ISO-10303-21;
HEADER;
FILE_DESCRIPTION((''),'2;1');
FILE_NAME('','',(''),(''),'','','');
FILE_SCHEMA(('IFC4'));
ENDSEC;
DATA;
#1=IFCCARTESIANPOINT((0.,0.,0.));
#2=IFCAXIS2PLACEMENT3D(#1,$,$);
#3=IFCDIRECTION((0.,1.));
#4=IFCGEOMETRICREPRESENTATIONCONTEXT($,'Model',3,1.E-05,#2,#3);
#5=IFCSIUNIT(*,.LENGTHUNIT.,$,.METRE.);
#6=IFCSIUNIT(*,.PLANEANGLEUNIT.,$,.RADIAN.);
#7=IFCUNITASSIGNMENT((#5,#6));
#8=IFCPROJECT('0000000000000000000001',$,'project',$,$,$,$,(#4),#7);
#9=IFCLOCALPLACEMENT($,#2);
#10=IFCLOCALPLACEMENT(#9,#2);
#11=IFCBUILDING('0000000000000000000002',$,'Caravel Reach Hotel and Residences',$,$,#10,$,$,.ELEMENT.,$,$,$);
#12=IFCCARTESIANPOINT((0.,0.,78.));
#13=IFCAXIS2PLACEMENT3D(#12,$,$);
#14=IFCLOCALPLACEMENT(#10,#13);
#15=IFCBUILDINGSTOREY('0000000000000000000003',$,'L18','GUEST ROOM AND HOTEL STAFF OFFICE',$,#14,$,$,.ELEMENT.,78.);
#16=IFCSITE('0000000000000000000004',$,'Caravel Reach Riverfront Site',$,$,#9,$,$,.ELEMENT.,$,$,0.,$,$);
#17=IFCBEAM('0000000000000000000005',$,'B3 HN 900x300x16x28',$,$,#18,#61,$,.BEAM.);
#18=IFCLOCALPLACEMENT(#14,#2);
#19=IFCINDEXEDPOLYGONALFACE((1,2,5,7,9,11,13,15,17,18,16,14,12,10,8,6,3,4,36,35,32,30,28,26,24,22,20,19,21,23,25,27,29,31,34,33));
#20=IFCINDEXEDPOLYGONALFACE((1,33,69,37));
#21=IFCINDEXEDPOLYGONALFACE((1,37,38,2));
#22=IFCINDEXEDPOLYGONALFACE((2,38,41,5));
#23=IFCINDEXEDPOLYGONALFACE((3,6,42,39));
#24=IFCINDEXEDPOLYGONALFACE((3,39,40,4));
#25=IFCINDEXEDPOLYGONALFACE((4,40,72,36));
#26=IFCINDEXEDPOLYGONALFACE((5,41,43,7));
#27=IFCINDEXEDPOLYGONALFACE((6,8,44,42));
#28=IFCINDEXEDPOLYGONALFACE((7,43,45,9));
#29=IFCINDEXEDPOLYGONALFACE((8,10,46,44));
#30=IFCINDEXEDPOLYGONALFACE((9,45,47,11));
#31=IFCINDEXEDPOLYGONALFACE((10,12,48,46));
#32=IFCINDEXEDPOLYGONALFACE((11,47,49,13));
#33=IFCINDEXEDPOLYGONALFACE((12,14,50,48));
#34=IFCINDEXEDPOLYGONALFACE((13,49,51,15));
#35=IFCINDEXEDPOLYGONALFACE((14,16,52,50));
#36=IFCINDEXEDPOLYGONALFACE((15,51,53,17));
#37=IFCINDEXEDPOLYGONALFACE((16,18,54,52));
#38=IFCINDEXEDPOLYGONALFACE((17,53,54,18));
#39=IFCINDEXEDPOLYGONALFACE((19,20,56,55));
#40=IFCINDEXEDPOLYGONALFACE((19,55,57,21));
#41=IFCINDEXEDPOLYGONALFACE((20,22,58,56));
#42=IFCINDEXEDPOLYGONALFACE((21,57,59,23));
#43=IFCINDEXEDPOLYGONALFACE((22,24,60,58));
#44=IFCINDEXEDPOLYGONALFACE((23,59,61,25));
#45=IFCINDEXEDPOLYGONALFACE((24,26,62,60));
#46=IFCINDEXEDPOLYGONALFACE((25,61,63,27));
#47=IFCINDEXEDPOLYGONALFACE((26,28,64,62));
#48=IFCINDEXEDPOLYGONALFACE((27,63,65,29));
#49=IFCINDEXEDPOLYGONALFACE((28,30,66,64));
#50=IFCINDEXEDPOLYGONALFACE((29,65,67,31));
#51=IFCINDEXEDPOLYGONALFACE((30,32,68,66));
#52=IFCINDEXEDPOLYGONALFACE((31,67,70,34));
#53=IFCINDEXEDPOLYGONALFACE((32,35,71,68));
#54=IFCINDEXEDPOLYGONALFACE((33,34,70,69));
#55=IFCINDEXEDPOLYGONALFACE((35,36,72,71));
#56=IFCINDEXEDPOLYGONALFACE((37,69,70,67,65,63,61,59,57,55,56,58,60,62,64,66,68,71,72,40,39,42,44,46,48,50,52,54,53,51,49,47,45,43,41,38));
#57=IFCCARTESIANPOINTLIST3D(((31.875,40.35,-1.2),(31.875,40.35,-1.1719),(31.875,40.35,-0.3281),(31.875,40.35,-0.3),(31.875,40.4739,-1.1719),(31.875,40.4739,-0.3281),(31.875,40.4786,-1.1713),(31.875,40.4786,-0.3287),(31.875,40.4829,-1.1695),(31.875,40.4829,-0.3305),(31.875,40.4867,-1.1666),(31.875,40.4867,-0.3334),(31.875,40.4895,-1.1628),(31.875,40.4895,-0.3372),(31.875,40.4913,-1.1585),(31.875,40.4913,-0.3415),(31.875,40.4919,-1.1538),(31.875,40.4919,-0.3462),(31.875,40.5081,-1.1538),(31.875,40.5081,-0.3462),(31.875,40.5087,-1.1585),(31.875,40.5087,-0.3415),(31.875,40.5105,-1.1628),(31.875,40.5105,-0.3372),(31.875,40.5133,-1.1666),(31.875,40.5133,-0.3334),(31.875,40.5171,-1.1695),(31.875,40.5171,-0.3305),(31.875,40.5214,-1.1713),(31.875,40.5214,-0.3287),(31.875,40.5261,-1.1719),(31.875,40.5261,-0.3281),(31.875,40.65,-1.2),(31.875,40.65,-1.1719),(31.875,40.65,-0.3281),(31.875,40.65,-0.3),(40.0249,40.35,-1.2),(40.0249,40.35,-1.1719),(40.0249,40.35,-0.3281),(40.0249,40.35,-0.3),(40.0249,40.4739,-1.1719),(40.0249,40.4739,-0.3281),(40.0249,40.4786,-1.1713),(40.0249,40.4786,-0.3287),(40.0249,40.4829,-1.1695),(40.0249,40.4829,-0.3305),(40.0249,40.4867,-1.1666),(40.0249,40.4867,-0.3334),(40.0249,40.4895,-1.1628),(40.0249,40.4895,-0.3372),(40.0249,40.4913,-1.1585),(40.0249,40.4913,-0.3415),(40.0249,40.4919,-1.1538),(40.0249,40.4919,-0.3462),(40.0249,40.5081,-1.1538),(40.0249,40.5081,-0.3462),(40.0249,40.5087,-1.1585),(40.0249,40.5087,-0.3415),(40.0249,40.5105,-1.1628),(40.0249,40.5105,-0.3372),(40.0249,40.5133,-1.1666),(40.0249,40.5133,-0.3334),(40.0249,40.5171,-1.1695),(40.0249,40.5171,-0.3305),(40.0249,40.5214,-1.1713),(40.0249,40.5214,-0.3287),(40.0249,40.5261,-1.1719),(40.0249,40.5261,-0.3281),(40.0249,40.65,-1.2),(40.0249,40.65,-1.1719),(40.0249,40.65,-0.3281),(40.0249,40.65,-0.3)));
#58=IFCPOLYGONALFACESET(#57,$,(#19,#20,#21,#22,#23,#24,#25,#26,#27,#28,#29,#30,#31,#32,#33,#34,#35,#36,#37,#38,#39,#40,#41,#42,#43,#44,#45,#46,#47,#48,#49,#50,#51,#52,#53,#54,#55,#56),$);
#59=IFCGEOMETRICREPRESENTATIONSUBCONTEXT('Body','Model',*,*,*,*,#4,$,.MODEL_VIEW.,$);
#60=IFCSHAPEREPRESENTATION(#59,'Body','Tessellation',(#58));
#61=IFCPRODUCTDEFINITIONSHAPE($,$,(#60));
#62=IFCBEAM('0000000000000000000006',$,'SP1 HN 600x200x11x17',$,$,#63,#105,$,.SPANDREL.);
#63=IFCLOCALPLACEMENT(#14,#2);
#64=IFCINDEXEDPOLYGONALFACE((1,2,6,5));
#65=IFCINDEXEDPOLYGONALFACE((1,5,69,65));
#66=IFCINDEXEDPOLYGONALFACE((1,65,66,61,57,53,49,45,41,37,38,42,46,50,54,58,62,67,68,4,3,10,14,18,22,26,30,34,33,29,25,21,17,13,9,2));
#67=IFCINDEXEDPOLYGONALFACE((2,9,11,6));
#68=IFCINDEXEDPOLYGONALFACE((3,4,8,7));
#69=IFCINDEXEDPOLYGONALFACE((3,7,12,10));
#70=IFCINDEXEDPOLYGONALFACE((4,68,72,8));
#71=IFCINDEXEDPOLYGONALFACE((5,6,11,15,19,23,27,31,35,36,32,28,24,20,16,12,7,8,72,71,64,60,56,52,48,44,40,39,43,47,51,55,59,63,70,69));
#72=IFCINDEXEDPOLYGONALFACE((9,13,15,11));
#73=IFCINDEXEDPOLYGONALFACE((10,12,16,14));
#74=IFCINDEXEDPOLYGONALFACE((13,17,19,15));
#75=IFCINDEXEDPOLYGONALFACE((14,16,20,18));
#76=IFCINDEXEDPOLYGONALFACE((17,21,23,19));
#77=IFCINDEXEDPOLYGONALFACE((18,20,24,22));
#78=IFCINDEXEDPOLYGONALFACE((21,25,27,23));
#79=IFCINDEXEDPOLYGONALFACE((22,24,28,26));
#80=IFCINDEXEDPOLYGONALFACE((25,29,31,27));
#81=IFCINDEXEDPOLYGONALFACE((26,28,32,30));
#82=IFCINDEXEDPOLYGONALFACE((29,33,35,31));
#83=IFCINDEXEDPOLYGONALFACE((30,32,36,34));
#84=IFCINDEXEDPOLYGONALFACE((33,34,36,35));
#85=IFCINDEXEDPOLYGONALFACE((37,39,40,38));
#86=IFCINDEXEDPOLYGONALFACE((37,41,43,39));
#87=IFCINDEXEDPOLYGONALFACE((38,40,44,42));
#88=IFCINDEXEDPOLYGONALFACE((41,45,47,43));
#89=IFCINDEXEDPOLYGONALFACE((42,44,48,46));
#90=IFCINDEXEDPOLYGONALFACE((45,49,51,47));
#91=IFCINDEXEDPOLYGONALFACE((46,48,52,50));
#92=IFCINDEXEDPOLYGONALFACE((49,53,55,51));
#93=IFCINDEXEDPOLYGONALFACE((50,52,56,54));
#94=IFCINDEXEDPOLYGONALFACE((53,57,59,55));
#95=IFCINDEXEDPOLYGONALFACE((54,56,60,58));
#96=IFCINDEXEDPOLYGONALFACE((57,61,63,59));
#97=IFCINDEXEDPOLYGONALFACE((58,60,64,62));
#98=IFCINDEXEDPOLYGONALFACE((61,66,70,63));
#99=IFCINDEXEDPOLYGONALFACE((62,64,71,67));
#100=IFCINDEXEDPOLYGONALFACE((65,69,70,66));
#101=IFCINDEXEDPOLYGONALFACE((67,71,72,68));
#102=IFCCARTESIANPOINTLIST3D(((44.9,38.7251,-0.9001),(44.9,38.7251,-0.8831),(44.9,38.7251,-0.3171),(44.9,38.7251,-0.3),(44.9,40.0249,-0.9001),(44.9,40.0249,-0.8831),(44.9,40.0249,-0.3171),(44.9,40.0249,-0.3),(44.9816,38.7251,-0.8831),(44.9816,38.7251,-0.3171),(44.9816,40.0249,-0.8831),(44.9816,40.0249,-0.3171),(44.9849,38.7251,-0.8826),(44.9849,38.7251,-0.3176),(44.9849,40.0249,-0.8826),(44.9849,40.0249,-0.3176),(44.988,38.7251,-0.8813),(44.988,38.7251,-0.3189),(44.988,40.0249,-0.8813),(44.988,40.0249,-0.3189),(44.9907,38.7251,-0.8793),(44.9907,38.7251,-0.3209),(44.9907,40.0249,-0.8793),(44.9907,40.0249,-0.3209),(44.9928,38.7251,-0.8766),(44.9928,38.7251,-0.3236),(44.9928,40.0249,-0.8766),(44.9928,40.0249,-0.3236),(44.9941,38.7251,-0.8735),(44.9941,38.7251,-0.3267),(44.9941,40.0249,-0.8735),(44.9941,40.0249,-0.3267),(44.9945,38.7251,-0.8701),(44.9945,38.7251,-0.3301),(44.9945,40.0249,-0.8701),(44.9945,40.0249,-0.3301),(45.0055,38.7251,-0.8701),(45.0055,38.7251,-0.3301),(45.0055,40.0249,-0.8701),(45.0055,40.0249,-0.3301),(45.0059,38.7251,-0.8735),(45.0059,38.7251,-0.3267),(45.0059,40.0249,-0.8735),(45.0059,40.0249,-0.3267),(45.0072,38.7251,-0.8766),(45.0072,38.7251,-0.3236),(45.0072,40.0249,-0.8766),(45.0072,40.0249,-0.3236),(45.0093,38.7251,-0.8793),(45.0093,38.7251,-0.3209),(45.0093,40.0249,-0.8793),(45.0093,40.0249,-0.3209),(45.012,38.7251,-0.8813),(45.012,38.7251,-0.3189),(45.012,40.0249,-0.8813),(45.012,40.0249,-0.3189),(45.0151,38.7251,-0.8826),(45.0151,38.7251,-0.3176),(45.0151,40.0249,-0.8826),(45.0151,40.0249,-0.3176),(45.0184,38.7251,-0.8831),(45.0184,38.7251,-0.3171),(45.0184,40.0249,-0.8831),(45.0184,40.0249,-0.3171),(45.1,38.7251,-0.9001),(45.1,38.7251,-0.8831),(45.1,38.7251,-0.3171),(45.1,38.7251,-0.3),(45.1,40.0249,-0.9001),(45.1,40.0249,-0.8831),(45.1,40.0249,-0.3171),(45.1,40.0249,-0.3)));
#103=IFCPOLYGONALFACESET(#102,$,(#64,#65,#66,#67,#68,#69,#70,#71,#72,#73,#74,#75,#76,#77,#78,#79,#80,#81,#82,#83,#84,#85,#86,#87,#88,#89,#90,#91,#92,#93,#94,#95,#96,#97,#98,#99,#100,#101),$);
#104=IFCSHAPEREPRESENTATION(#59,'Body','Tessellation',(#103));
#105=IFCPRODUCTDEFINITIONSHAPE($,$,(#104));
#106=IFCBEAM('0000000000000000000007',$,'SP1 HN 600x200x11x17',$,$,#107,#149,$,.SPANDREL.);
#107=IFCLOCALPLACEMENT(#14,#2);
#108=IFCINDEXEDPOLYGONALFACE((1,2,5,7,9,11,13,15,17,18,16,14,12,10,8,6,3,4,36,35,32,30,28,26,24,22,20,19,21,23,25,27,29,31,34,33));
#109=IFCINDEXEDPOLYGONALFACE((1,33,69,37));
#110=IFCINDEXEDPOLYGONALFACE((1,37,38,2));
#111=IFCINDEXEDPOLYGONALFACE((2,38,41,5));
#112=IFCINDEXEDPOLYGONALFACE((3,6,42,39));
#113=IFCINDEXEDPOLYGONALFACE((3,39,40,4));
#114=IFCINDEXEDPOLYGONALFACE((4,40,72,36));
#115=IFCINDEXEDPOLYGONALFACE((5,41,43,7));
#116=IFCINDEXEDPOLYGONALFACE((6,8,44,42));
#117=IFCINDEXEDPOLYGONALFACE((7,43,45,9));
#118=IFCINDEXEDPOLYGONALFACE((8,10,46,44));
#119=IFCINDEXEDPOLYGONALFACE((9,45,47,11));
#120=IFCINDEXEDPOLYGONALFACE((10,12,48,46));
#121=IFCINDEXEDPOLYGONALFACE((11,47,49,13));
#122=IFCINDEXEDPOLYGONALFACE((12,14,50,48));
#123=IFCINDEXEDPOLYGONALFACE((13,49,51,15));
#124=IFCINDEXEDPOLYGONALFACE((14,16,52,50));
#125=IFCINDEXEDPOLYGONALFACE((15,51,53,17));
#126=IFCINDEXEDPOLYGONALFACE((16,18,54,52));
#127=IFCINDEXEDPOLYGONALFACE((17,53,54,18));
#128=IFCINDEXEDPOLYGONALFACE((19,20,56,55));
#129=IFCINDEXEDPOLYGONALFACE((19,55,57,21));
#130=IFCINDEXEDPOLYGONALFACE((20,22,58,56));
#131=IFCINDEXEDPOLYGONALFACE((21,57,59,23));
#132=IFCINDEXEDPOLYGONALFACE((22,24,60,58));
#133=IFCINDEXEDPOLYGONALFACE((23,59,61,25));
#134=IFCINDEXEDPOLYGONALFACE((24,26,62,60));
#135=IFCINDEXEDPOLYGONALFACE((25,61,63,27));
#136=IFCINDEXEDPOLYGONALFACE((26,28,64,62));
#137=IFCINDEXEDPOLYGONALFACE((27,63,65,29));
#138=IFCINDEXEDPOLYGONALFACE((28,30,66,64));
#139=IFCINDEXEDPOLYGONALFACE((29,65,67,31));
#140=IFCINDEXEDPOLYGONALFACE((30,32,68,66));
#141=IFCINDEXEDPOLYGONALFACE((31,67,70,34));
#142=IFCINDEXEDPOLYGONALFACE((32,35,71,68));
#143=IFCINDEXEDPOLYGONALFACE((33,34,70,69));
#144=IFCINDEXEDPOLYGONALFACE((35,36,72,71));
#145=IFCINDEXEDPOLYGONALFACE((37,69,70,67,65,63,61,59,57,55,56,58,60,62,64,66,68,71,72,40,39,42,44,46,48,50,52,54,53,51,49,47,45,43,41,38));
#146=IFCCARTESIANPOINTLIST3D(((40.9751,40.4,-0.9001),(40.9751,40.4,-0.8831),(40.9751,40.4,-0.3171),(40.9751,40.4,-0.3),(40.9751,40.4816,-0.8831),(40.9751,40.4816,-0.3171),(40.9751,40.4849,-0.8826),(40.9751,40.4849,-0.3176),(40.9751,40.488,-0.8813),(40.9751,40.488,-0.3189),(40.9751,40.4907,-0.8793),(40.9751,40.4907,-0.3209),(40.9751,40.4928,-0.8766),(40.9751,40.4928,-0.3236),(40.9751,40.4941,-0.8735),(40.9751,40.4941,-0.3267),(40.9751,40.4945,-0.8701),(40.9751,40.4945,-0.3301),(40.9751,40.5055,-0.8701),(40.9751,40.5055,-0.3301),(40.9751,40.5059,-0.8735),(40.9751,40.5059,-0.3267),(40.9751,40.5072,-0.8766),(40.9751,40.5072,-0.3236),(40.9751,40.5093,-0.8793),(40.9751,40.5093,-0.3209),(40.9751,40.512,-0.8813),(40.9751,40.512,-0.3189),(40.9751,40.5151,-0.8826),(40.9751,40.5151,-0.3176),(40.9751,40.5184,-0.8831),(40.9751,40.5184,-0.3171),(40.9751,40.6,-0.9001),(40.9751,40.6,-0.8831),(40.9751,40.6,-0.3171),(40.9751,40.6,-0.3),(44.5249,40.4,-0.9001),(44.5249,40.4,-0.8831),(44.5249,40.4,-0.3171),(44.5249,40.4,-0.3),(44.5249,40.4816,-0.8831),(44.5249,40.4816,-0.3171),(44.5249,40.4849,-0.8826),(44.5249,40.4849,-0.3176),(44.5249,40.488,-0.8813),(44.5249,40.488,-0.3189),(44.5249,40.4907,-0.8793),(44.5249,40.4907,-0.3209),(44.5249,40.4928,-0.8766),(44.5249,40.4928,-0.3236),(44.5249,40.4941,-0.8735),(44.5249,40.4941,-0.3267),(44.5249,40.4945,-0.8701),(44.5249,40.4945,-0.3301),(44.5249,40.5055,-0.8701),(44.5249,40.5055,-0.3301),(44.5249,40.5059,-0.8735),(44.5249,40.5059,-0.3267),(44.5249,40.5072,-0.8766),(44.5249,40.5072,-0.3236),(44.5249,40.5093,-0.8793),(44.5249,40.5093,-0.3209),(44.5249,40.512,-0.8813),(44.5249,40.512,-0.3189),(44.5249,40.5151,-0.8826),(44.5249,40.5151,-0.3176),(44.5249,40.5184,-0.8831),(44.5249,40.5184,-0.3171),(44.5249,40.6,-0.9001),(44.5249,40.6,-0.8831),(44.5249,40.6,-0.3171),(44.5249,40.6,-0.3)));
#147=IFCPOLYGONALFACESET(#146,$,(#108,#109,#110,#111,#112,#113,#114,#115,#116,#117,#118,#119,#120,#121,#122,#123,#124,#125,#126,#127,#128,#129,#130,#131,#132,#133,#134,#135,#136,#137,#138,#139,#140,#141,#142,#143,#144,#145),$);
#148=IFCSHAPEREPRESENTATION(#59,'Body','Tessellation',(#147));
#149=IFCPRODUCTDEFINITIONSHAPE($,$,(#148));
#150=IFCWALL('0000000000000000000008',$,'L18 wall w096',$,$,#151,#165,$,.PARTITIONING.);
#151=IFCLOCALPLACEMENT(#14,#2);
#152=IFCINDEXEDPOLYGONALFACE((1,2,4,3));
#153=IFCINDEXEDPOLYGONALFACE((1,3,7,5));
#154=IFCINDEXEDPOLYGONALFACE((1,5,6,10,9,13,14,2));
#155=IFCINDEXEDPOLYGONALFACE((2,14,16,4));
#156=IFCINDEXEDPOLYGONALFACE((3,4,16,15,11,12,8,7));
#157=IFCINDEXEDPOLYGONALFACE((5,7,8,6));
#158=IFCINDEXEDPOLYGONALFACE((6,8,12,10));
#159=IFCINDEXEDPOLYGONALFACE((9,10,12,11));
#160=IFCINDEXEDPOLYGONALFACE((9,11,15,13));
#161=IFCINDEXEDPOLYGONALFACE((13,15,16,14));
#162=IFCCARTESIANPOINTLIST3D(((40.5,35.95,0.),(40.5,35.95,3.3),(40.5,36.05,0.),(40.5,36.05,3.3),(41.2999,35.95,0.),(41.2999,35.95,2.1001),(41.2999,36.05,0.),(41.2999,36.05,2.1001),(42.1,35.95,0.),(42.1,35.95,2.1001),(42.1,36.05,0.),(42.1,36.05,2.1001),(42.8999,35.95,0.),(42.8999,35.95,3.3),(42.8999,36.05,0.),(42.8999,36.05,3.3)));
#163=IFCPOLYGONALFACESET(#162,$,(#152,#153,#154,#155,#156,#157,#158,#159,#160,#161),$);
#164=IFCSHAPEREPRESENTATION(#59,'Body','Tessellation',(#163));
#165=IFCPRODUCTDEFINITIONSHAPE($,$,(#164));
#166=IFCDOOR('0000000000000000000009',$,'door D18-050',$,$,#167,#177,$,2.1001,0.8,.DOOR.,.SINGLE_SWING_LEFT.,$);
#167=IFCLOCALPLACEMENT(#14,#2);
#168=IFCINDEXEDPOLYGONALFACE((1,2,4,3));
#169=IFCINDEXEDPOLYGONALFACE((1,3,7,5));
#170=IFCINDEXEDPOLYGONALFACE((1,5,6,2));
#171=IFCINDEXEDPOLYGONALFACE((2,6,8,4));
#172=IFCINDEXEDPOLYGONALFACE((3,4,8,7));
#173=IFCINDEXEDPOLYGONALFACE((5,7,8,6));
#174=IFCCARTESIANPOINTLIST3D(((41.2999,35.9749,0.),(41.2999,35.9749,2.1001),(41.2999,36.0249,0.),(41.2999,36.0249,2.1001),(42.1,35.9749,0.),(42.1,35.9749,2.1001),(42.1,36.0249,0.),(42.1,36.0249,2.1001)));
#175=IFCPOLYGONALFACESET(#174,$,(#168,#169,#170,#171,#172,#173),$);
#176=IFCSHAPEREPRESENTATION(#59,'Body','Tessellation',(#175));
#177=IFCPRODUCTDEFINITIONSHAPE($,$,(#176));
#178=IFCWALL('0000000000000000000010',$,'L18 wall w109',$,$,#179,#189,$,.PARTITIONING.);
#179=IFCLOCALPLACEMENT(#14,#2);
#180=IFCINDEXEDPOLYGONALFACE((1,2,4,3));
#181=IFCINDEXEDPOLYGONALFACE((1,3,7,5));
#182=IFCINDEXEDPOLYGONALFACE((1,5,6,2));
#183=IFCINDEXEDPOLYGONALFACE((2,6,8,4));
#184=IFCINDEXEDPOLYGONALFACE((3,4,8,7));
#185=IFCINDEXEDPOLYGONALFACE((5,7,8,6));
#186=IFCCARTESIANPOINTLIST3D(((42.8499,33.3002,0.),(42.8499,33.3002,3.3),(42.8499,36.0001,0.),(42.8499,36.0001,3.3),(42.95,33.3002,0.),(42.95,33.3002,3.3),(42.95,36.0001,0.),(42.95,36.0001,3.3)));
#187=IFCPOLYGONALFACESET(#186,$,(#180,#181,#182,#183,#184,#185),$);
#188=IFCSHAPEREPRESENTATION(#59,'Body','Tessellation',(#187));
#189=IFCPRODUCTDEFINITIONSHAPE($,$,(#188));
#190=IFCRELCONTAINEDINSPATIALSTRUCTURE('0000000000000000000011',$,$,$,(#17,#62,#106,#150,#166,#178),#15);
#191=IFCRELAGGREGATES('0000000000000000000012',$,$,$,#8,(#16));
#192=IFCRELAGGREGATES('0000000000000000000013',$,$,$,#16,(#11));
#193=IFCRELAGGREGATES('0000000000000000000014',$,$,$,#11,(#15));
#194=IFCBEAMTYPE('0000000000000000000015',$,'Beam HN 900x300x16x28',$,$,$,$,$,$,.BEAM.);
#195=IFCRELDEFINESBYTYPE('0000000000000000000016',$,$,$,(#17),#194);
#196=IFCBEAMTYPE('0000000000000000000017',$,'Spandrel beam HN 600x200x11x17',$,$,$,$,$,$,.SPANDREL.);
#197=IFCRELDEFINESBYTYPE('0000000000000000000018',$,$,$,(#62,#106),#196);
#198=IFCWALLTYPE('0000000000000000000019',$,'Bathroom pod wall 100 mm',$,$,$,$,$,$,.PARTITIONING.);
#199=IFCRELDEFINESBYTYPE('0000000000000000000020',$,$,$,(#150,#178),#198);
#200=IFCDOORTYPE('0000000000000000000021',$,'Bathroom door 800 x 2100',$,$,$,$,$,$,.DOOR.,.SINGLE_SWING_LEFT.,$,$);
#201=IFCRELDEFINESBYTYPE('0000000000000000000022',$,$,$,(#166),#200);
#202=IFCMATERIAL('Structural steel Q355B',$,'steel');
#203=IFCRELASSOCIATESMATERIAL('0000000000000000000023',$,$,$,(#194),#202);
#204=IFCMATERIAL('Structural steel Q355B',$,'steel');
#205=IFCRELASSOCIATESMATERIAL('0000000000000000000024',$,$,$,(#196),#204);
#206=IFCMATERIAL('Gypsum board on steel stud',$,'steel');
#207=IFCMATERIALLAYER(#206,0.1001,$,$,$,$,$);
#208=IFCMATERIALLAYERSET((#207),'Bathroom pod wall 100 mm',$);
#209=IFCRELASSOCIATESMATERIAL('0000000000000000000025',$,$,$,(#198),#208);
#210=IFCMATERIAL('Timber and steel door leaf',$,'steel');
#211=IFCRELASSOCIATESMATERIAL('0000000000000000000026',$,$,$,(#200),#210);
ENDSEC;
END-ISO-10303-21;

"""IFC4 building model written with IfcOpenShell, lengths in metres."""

from ifc_helpers import new_model, si_unit, direction, frame, frame_2d, origin, origin_2d, place, context, subcontext, project, spatial, rectangle, i_section, extrude, material, layer, layer_set, material_profile, profile_set, type_object, element, fill, save


model = new_model("IFC4")

# Units and contexts
model_context = context("Model", 3, precision=1e-05, world=origin(), true_north=direction((0.0, 1.0)))
body_context = subcontext(model_context, "Body", "Model", "MODEL_VIEW")
ifc_project = project(units=[si_unit("LENGTHUNIT", "METRE"), si_unit("PLANEANGLEUNIT", "RADIAN")], contexts=[model_context])

# Site, building, storey
site_placement = place(None, origin())
site = spatial("IfcSite", under=ifc_project, at=site_placement, Name="Caravel Reach Riverfront Site", CompositionType="ELEMENT", RefElevation=0.0)
building_placement = place(site_placement, origin())
building = spatial("IfcBuilding", under=site, at=building_placement, Name="Caravel Reach Hotel and Residences", CompositionType="ELEMENT")
storey_placement = place(building_placement, frame((0.0, 0.0, 78.0)))
storey = spatial("IfcBuildingStorey", under=building, at=storey_placement, Name="L18", Description="GUEST ROOM AND HOTEL STAFF OFFICE", CompositionType="ELEMENT", Elevation=78.0)

# Beams
ifc_material_1 = material(Name="Structural steel Q355B", Category="steel")
ifc_material_profile_1 = material_profile(ifc_material_1, i_section(OverallWidth=0.3, OverallDepth=0.8999, WebThickness=0.0161, FlangeThickness=0.0281, FilletRadius=0.0181, at=origin_2d()), Name="HN 900x300x16x28")
ifc_profile_set_1 = profile_set([ifc_material_profile_1], Name="Structural steel Q355B")
beam_type_1 = type_object("IfcBeamType", Name="Beam HN 900x300x16x28", PredefinedType="BEAM", material=ifc_profile_set_1)
beam_1_placement = place(storey_placement, frame((31.875, 40.5, -0.75), z_axis=(1.0, 0.0, 0.0), x_axis=(0.0, 1.0, 0.0)))
element("IfcBeam", 1, at=beam_1_placement, inside=storey, type_object=beam_type_1, Name="B3 HN 900x300x16x28", PredefinedType="BEAM", context=body_context, shape_type="SweptSolid", body=[
    extrude(i_section(OverallWidth=0.3, OverallDepth=0.8999, WebThickness=0.0161, FlangeThickness=0.0281, FilletRadius=0.0181, at=origin_2d()), origin(), (0.0, 0.0, 1.0), 8.1499),
])
ifc_material_2 = material(Name="Structural steel Q355B", Category="steel")
ifc_material_profile_2 = material_profile(ifc_material_2, i_section(OverallWidth=0.2, OverallDepth=0.6001, WebThickness=0.011, FlangeThickness=0.0171, FilletRadius=0.0129, at=origin_2d()), Name="HN 600x200x11x17")
ifc_profile_set_2 = profile_set([ifc_material_profile_2], Name="Structural steel Q355B")
beam_type_2 = type_object("IfcBeamType", Name="Spandrel beam HN 600x200x11x17", PredefinedType="SPANDREL", material=ifc_profile_set_2)
beam_2_placement = place(storey_placement, frame((45.0, 38.7251, -0.6001), z_axis=(0.0, 1.0, 0.0), x_axis=(-1.0, 0.0, 0.0)))
element("IfcBeam", 2, at=beam_2_placement, inside=storey, type_object=beam_type_2, Name="SP1 HN 600x200x11x17", PredefinedType="SPANDREL", context=body_context, shape_type="SweptSolid", body=[
    extrude(i_section(OverallWidth=0.2, OverallDepth=0.6001, WebThickness=0.011, FlangeThickness=0.0171, FilletRadius=0.0129, at=origin_2d()), origin(), (0.0, 0.0, 1.0), 1.2998),
])
beam_3_placement = place(storey_placement, frame((44.5249, 40.5, -0.6001), z_axis=(-1.0, 0.0, 0.0), x_axis=(0.0, -1.0, 0.0)))
element("IfcBeam", 3, at=beam_3_placement, inside=storey, type_object=beam_type_2, Name="SP1 HN 600x200x11x17", PredefinedType="SPANDREL", context=body_context, shape_type="SweptSolid", body=[
    extrude(i_section(OverallWidth=0.2, OverallDepth=0.6001, WebThickness=0.011, FlangeThickness=0.0171, FilletRadius=0.0129, at=origin_2d()), origin(), (0.0, 0.0, 1.0), 3.5498),
])

# Wall, opening, door
ifc_material_3 = material(Name="Gypsum board on steel stud", Category="steel")
ifc_layer_1 = layer(ifc_material_3, 0.1001)
ifc_layer_set_1 = layer_set([ifc_layer_1], Name="Bathroom pod wall 100 mm")
wall_type_1 = type_object("IfcWallType", Name="Bathroom pod wall 100 mm", PredefinedType="PARTITIONING", material=ifc_layer_set_1)
wall_1_placement = place(storey_placement, frame((40.5, 36.0, 0.0), z_axis=(0.0, 0.0, 1.0), x_axis=(1.0, 0.0, 0.0)))
wall_1 = element("IfcWall", 4, at=wall_1_placement, inside=storey, type_object=wall_type_1, Name="L18 wall w096", PredefinedType="PARTITIONING", context=body_context, shape_type="SweptSolid", body=[
    extrude(rectangle(XDim=2.3999, YDim=0.1001, at=frame_2d((1.2, 0.0))), origin(), (0.0, 0.0, 1.0), 3.3),
])
opening_1_placement = place(wall_1_placement, frame((0.8, 0.0, 0.0)))
opening_1 = element("IfcOpeningElement", 5, at=opening_1_placement, cuts=wall_1, PredefinedType="OPENING", context=body_context, shape_type="SweptSolid", body=[
    extrude(rectangle(XDim=0.8, YDim=2.1001, at=frame_2d((0.3999, 1.05))), frame((0.0, 0.0601, 0.0), z_axis=(0.0, -1.0, 0.0), x_axis=(1.0, 0.0, 0.0)), (0.0, 0.0, 1.0), 0.1201),
])
ifc_material_4 = material(Name="Timber and steel door leaf", Category="steel")
door_type_1 = type_object("IfcDoorType", Name="Bathroom door 800 x 2100", OperationType="SINGLE_SWING_LEFT", PredefinedType="DOOR", material=ifc_material_4)
door_1_placement = place(opening_1_placement, origin())
door_1 = element("IfcDoor", 6, at=door_1_placement, inside=storey, type_object=door_type_1, Name="door D18-050", OperationType="SINGLE_SWING_LEFT", OverallHeight=2.1001, OverallWidth=0.8, PredefinedType="DOOR", context=body_context, shape_type="SweptSolid", body=[
    extrude(rectangle(XDim=0.8, YDim=2.1001, at=frame_2d((0.3999, 1.05))), frame((0.0, 0.0249, 0.0), z_axis=(0.0, -1.0, 0.0), x_axis=(1.0, 0.0, 0.0)), (0.0, 0.0, 1.0), 0.05),
])
fill(opening_1, door_1)

# Wall
wall_2_placement = place(storey_placement, frame((42.8999, 33.3, 0.0), z_axis=(0.0, 0.0, 1.0), x_axis=(0.0, 1.0, 0.0)))
element("IfcWall", 7, at=wall_2_placement, inside=storey, type_object=wall_type_1, Name="L18 wall w109", PredefinedType="PARTITIONING", context=body_context, shape_type="SweptSolid", body=[
    extrude(rectangle(XDim=2.7, YDim=0.1001, at=frame_2d((1.3501, 0.0))), origin(), (0.0, 0.0, 1.0), 3.3),
])

save(model, "model.ifc")
